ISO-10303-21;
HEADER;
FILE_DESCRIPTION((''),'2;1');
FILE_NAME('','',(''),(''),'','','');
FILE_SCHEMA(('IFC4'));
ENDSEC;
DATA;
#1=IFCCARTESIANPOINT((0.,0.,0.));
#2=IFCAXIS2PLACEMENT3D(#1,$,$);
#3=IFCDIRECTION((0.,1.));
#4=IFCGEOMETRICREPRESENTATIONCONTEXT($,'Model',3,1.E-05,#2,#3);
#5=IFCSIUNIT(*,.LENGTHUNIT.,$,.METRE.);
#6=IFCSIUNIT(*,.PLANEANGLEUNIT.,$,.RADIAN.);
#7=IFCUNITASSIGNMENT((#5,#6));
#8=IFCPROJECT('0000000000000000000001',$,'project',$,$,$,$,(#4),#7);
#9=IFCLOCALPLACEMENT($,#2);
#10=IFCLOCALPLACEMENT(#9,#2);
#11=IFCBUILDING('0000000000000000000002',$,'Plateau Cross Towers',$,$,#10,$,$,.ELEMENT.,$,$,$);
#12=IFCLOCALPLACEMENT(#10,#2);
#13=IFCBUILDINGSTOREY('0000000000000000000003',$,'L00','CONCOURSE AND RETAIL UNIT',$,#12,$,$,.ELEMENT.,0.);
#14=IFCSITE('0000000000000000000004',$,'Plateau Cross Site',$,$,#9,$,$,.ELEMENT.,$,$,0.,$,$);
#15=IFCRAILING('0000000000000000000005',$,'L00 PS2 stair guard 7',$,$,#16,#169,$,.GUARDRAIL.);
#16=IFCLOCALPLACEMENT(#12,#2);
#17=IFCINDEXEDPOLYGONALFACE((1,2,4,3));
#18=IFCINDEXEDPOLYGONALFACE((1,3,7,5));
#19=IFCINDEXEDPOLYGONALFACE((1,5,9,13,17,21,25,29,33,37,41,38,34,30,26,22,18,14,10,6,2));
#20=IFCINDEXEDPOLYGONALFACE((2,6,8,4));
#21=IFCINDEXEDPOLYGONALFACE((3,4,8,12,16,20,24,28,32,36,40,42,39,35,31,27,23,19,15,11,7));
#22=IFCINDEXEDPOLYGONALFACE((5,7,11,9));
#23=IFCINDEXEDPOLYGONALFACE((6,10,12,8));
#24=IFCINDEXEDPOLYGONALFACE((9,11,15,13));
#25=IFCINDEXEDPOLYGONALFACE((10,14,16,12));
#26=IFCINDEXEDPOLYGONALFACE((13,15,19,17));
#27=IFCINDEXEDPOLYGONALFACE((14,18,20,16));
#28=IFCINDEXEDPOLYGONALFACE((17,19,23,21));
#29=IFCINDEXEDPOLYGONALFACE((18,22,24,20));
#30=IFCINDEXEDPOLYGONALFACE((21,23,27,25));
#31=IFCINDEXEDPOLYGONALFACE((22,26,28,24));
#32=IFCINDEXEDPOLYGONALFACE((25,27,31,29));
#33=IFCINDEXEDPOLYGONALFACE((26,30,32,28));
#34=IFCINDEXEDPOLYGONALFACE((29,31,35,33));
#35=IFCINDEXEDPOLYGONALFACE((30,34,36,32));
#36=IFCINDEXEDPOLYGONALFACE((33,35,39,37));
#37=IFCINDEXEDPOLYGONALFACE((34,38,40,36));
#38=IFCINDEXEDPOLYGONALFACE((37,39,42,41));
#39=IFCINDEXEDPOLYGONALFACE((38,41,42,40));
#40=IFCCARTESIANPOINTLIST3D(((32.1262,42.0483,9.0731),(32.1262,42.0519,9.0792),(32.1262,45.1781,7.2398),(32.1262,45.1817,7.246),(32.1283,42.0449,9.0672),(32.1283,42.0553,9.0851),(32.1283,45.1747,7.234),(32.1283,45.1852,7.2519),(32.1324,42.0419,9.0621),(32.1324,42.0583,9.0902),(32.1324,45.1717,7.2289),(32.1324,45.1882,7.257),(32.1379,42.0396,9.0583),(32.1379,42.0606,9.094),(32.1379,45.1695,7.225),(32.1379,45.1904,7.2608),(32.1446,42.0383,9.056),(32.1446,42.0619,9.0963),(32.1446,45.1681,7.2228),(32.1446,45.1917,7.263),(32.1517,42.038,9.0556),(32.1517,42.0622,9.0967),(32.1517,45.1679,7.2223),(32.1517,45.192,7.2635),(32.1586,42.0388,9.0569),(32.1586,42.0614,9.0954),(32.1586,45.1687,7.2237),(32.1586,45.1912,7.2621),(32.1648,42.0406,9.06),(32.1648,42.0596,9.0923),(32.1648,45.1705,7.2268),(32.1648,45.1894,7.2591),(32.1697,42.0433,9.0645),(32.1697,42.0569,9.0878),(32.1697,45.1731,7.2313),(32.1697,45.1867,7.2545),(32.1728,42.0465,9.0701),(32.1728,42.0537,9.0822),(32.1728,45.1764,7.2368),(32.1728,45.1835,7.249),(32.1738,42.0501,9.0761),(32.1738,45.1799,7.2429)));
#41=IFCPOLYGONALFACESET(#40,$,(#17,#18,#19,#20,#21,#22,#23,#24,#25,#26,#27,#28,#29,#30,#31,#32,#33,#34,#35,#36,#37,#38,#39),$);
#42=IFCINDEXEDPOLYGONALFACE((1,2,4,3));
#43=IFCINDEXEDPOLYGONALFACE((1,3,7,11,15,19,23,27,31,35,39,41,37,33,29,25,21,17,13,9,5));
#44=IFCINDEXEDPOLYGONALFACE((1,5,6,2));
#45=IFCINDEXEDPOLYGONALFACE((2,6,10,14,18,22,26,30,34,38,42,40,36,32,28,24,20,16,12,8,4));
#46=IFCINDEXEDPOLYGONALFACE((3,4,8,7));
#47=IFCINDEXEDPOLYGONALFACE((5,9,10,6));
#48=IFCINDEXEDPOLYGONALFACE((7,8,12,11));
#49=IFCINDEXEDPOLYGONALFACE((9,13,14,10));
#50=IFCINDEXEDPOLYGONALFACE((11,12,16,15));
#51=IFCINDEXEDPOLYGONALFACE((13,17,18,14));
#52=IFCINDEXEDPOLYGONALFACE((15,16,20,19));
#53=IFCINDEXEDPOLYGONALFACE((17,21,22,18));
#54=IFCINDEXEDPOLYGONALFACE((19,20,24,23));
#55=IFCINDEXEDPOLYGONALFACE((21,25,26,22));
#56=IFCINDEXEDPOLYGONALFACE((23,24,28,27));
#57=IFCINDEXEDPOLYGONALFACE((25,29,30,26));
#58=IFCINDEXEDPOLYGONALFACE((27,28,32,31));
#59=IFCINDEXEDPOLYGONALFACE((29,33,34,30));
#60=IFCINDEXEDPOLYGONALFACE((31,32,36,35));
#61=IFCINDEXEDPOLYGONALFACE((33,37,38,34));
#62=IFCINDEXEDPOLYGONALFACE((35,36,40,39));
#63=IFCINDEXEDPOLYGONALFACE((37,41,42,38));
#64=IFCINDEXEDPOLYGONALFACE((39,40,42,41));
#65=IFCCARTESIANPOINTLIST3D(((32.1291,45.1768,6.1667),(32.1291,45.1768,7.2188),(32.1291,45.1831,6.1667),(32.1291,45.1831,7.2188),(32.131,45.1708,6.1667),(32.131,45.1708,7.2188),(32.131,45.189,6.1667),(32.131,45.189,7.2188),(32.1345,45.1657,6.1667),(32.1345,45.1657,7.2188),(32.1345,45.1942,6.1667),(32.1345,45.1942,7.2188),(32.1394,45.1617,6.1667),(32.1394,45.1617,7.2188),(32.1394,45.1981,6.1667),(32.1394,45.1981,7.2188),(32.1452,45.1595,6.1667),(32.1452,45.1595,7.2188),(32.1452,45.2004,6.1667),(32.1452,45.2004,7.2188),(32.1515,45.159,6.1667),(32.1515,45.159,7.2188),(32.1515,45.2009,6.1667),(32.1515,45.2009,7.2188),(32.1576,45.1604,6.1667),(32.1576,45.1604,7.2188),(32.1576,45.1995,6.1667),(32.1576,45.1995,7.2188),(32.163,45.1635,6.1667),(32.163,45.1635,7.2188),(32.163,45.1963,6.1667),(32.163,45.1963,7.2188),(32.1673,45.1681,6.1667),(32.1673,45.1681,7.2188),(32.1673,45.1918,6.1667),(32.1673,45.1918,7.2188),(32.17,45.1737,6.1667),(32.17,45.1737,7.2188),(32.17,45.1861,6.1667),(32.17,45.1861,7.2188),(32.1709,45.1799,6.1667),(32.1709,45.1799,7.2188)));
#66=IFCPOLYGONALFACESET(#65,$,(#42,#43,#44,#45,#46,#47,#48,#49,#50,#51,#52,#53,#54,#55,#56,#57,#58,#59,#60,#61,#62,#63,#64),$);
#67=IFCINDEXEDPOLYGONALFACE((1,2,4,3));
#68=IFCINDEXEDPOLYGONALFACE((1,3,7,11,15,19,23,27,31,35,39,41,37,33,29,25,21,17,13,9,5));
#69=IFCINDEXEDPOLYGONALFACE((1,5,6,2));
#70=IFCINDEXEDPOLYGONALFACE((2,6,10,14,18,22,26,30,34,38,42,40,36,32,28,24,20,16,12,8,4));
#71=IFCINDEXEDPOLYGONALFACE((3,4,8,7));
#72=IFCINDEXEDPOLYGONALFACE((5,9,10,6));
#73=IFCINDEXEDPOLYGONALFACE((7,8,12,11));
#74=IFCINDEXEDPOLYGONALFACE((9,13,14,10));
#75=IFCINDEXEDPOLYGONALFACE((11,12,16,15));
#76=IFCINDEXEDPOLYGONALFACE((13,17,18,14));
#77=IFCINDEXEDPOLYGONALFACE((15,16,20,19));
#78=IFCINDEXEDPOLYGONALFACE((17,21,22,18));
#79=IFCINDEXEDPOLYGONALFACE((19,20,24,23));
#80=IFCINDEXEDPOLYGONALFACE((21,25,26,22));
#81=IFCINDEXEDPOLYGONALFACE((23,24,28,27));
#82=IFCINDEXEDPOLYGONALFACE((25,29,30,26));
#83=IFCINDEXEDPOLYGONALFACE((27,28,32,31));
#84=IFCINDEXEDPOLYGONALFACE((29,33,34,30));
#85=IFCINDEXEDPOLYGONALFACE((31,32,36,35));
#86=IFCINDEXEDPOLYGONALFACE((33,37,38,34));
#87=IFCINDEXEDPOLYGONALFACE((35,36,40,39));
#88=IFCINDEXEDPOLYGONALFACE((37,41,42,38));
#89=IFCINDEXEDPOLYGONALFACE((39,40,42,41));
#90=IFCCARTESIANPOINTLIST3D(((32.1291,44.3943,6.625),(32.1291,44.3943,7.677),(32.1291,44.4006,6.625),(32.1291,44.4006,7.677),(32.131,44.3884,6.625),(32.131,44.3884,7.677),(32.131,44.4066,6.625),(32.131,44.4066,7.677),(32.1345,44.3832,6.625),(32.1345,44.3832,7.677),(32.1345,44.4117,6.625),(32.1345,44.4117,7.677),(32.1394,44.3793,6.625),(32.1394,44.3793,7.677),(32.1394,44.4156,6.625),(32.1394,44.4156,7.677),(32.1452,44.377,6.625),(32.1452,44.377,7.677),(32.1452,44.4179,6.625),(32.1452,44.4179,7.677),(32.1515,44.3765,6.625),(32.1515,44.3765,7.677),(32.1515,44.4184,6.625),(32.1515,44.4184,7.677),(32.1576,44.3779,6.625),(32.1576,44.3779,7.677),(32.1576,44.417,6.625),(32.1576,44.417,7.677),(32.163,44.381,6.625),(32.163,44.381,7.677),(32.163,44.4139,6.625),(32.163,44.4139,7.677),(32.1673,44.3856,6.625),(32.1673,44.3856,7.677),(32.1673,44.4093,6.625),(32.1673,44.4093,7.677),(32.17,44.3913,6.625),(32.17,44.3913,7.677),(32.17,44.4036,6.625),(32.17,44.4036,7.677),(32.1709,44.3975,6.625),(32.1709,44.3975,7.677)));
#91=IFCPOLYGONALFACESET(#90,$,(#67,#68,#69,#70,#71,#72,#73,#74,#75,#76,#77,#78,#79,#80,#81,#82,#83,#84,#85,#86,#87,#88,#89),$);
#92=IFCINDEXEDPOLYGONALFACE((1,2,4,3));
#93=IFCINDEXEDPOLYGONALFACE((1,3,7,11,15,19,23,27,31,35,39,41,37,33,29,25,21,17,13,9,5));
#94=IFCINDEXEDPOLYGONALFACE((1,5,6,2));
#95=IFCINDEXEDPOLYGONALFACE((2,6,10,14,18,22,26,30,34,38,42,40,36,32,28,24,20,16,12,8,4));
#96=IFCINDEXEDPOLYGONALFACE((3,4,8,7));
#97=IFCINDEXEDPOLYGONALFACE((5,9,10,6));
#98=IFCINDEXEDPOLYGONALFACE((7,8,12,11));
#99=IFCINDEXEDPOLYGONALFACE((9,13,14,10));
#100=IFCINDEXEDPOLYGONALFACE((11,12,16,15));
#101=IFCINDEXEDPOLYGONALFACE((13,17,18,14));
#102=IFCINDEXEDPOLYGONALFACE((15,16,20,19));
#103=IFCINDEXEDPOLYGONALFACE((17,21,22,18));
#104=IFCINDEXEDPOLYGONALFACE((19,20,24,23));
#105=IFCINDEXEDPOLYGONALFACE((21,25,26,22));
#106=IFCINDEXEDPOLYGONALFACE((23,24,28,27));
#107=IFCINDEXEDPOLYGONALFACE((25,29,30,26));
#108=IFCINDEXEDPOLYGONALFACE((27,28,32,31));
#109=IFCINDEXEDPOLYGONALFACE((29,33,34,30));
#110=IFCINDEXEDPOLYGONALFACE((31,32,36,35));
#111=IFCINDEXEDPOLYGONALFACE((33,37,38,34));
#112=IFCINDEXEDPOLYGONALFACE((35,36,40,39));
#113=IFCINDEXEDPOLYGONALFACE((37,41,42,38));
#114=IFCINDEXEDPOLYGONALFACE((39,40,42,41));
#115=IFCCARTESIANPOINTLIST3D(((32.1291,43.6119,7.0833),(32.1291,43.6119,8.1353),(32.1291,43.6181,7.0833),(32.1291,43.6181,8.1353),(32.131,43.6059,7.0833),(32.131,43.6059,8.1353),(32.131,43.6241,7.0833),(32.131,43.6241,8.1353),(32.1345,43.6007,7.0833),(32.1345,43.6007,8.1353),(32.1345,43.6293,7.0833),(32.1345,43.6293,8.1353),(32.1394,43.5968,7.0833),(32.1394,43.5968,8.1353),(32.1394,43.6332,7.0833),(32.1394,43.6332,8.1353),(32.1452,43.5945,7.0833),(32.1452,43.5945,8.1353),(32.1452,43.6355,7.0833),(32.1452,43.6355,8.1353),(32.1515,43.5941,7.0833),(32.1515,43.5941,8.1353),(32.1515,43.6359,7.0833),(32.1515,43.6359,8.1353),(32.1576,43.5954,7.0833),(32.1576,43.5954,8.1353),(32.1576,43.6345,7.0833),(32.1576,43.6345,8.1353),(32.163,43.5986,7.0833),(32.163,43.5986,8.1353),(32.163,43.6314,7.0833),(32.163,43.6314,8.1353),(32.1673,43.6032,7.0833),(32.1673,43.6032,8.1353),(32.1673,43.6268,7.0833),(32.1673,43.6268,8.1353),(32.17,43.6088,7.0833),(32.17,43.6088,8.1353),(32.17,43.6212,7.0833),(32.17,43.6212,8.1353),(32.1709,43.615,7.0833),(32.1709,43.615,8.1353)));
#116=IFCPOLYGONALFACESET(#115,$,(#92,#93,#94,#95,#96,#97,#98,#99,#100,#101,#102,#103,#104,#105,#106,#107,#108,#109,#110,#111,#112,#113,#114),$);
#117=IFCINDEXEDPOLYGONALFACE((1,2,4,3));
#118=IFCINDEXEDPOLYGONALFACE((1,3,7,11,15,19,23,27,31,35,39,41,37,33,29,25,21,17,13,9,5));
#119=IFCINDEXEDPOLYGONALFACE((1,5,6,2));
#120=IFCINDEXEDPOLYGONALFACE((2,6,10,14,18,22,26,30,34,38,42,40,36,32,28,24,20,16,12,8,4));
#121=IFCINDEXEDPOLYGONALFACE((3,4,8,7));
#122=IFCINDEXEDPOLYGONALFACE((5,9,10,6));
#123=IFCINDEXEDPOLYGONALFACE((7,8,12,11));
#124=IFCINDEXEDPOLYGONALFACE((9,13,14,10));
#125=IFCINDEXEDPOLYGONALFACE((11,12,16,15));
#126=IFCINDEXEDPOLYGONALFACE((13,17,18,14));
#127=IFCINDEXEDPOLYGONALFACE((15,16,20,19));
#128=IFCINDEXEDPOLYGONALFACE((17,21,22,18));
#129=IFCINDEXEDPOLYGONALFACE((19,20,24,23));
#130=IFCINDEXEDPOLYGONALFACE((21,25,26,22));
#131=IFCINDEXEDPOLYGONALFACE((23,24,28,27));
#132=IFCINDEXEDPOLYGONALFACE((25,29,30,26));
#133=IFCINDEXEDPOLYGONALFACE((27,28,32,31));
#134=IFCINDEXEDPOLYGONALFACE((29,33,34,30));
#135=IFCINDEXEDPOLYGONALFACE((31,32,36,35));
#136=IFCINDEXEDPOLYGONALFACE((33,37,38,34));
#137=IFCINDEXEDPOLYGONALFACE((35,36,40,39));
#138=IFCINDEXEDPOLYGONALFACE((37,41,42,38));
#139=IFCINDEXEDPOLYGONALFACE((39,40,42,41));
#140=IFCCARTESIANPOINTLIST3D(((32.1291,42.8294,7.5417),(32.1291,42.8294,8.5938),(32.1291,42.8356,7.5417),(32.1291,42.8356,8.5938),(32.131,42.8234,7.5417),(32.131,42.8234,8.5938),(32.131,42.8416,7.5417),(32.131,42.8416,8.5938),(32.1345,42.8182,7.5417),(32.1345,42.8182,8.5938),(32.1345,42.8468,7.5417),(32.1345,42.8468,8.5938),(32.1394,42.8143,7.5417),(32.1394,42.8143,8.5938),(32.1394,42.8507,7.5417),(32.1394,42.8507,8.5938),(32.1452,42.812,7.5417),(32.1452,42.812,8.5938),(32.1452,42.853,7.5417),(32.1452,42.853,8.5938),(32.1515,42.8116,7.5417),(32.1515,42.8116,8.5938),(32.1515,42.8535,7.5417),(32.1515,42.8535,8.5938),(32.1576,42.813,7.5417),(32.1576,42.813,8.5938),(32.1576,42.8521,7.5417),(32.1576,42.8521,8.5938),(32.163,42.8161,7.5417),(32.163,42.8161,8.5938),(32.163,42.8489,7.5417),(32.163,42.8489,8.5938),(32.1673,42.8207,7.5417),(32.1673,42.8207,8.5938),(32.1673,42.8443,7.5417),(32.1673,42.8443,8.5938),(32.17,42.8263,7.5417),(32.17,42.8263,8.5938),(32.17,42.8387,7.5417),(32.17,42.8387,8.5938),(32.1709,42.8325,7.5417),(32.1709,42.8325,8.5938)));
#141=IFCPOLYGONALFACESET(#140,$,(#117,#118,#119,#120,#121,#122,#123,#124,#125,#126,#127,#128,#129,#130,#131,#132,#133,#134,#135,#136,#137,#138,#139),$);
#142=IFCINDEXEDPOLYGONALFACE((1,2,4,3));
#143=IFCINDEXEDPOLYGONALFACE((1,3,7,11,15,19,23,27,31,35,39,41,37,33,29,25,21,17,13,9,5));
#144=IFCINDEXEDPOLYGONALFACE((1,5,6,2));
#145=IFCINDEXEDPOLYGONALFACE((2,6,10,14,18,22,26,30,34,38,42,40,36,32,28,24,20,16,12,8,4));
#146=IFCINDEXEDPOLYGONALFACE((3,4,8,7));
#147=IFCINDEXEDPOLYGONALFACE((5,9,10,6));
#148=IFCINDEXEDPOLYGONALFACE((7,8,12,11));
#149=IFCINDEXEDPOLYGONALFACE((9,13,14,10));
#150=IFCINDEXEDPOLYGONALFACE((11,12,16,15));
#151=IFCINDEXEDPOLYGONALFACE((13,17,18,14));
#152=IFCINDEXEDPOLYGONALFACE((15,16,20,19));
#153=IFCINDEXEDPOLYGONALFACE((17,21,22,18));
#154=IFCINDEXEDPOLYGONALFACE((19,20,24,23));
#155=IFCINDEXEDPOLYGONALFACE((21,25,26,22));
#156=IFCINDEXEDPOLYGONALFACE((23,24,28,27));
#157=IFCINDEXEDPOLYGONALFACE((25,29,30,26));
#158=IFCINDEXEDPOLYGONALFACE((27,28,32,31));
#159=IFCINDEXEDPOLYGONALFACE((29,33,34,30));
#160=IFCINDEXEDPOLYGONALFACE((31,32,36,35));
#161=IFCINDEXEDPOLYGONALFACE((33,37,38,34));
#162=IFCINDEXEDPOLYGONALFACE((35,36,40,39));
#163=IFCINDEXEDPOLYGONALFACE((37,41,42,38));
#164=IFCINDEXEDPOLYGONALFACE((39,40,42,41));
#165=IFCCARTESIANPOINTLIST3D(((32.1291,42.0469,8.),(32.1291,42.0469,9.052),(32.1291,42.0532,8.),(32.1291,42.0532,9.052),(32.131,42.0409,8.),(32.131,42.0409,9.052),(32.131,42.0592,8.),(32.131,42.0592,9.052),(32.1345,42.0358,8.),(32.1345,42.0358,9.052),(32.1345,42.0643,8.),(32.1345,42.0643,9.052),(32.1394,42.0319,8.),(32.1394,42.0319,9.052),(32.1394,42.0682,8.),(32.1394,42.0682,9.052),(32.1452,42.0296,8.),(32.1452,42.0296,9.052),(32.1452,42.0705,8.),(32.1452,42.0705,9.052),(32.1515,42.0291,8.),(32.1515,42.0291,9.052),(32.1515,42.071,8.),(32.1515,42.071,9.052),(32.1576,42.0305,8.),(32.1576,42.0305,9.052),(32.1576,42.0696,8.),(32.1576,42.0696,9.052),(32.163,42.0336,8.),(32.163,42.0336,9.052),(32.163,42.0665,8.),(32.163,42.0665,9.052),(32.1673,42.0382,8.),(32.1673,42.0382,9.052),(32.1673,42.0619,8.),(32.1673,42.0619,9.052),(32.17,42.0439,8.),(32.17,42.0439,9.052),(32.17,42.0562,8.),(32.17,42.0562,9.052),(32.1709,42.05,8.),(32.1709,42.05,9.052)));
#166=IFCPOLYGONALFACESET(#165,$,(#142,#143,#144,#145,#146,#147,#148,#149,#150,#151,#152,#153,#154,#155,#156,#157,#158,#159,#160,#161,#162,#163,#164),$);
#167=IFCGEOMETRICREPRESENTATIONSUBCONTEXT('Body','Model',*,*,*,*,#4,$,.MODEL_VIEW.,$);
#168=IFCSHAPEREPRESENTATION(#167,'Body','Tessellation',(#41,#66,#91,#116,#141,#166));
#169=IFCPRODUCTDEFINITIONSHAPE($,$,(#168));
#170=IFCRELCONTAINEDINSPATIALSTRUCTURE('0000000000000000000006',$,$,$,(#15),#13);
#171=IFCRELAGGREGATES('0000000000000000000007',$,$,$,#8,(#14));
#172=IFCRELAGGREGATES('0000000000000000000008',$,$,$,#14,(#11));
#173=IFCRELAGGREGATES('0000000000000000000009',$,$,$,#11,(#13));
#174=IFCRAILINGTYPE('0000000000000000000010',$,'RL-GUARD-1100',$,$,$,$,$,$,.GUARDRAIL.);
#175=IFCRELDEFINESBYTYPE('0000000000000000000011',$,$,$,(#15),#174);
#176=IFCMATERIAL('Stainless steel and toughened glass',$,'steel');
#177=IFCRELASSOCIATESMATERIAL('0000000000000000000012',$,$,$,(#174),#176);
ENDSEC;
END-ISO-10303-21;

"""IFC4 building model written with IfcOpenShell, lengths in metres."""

from ifc_helpers import new_model, si_unit, direction, frame, origin, origin_2d, place, context, subcontext, project, spatial, circle, extrude, material, type_object, element, save


model = new_model("IFC4")

# Units and contexts
model_context = context("Model", 3, precision=1e-05, world=origin(), true_north=direction((0.0, 1.0)))
body_context = subcontext(model_context, "Body", "Model", "MODEL_VIEW")
ifc_project = project(units=[si_unit("LENGTHUNIT", "METRE"), si_unit("PLANEANGLEUNIT", "RADIAN")], contexts=[model_context])

# Site, building, storey
site_placement = place(None, origin())
site = spatial("IfcSite", under=ifc_project, at=site_placement, Name="Plateau Cross Site", CompositionType="ELEMENT", RefElevation=0.0)
building_placement = place(site_placement, origin())
building = spatial("IfcBuilding", under=site, at=building_placement, Name="Plateau Cross Towers", CompositionType="ELEMENT")
storey_placement = place(building_placement, origin())
storey = spatial("IfcBuildingStorey", under=building, at=storey_placement, Name="L00", Description="CONCOURSE AND RETAIL UNIT", CompositionType="ELEMENT", Elevation=0.0)

# Railing
ifc_material_1 = material(Name="Stainless steel and toughened glass", Category="steel")
railing_type_1 = type_object("IfcRailingType", Name="RL-GUARD-1100", PredefinedType="GUARDRAIL", material=ifc_material_1)
railing_1_placement = place(storey_placement, frame((32.1499, 45.1799, 6.1667)))
element("IfcRailing", 1, at=railing_1_placement, inside=storey, type_object=railing_type_1, Name="L00 PS2 stair guard 7", PredefinedType="GUARDRAIL", context=body_context, shape_type="SweptSolid", body=[
    extrude(circle(Radius=0.0239, at=origin_2d()), frame((0.0, 0.0, 1.0762), z_axis=(0.0, -0.862879, 0.50541), x_axis=(1.0, 0.0, 0.0)), (0.0, 0.0, 1.0), 3.6272),
    extrude(circle(Radius=0.021, at=origin_2d()), origin(), (0.0, 0.0, 1.0), 1.052),
    extrude(circle(Radius=0.021, at=origin_2d()), frame((0.0, -0.7825, 0.4583)), (0.0, 0.0, 1.0), 1.052),
    extrude(circle(Radius=0.021, at=origin_2d()), frame((0.0, -1.5649, 0.9165)), (0.0, 0.0, 1.0), 1.052),
    extrude(circle(Radius=0.021, at=origin_2d()), frame((0.0, -2.3474, 1.375)), (0.0, 0.0, 1.0), 1.052),
    extrude(circle(Radius=0.021, at=origin_2d()), frame((0.0, -3.1299, 1.8333)), (0.0, 0.0, 1.0), 1.052),
])

save(model, "model.ifc")
